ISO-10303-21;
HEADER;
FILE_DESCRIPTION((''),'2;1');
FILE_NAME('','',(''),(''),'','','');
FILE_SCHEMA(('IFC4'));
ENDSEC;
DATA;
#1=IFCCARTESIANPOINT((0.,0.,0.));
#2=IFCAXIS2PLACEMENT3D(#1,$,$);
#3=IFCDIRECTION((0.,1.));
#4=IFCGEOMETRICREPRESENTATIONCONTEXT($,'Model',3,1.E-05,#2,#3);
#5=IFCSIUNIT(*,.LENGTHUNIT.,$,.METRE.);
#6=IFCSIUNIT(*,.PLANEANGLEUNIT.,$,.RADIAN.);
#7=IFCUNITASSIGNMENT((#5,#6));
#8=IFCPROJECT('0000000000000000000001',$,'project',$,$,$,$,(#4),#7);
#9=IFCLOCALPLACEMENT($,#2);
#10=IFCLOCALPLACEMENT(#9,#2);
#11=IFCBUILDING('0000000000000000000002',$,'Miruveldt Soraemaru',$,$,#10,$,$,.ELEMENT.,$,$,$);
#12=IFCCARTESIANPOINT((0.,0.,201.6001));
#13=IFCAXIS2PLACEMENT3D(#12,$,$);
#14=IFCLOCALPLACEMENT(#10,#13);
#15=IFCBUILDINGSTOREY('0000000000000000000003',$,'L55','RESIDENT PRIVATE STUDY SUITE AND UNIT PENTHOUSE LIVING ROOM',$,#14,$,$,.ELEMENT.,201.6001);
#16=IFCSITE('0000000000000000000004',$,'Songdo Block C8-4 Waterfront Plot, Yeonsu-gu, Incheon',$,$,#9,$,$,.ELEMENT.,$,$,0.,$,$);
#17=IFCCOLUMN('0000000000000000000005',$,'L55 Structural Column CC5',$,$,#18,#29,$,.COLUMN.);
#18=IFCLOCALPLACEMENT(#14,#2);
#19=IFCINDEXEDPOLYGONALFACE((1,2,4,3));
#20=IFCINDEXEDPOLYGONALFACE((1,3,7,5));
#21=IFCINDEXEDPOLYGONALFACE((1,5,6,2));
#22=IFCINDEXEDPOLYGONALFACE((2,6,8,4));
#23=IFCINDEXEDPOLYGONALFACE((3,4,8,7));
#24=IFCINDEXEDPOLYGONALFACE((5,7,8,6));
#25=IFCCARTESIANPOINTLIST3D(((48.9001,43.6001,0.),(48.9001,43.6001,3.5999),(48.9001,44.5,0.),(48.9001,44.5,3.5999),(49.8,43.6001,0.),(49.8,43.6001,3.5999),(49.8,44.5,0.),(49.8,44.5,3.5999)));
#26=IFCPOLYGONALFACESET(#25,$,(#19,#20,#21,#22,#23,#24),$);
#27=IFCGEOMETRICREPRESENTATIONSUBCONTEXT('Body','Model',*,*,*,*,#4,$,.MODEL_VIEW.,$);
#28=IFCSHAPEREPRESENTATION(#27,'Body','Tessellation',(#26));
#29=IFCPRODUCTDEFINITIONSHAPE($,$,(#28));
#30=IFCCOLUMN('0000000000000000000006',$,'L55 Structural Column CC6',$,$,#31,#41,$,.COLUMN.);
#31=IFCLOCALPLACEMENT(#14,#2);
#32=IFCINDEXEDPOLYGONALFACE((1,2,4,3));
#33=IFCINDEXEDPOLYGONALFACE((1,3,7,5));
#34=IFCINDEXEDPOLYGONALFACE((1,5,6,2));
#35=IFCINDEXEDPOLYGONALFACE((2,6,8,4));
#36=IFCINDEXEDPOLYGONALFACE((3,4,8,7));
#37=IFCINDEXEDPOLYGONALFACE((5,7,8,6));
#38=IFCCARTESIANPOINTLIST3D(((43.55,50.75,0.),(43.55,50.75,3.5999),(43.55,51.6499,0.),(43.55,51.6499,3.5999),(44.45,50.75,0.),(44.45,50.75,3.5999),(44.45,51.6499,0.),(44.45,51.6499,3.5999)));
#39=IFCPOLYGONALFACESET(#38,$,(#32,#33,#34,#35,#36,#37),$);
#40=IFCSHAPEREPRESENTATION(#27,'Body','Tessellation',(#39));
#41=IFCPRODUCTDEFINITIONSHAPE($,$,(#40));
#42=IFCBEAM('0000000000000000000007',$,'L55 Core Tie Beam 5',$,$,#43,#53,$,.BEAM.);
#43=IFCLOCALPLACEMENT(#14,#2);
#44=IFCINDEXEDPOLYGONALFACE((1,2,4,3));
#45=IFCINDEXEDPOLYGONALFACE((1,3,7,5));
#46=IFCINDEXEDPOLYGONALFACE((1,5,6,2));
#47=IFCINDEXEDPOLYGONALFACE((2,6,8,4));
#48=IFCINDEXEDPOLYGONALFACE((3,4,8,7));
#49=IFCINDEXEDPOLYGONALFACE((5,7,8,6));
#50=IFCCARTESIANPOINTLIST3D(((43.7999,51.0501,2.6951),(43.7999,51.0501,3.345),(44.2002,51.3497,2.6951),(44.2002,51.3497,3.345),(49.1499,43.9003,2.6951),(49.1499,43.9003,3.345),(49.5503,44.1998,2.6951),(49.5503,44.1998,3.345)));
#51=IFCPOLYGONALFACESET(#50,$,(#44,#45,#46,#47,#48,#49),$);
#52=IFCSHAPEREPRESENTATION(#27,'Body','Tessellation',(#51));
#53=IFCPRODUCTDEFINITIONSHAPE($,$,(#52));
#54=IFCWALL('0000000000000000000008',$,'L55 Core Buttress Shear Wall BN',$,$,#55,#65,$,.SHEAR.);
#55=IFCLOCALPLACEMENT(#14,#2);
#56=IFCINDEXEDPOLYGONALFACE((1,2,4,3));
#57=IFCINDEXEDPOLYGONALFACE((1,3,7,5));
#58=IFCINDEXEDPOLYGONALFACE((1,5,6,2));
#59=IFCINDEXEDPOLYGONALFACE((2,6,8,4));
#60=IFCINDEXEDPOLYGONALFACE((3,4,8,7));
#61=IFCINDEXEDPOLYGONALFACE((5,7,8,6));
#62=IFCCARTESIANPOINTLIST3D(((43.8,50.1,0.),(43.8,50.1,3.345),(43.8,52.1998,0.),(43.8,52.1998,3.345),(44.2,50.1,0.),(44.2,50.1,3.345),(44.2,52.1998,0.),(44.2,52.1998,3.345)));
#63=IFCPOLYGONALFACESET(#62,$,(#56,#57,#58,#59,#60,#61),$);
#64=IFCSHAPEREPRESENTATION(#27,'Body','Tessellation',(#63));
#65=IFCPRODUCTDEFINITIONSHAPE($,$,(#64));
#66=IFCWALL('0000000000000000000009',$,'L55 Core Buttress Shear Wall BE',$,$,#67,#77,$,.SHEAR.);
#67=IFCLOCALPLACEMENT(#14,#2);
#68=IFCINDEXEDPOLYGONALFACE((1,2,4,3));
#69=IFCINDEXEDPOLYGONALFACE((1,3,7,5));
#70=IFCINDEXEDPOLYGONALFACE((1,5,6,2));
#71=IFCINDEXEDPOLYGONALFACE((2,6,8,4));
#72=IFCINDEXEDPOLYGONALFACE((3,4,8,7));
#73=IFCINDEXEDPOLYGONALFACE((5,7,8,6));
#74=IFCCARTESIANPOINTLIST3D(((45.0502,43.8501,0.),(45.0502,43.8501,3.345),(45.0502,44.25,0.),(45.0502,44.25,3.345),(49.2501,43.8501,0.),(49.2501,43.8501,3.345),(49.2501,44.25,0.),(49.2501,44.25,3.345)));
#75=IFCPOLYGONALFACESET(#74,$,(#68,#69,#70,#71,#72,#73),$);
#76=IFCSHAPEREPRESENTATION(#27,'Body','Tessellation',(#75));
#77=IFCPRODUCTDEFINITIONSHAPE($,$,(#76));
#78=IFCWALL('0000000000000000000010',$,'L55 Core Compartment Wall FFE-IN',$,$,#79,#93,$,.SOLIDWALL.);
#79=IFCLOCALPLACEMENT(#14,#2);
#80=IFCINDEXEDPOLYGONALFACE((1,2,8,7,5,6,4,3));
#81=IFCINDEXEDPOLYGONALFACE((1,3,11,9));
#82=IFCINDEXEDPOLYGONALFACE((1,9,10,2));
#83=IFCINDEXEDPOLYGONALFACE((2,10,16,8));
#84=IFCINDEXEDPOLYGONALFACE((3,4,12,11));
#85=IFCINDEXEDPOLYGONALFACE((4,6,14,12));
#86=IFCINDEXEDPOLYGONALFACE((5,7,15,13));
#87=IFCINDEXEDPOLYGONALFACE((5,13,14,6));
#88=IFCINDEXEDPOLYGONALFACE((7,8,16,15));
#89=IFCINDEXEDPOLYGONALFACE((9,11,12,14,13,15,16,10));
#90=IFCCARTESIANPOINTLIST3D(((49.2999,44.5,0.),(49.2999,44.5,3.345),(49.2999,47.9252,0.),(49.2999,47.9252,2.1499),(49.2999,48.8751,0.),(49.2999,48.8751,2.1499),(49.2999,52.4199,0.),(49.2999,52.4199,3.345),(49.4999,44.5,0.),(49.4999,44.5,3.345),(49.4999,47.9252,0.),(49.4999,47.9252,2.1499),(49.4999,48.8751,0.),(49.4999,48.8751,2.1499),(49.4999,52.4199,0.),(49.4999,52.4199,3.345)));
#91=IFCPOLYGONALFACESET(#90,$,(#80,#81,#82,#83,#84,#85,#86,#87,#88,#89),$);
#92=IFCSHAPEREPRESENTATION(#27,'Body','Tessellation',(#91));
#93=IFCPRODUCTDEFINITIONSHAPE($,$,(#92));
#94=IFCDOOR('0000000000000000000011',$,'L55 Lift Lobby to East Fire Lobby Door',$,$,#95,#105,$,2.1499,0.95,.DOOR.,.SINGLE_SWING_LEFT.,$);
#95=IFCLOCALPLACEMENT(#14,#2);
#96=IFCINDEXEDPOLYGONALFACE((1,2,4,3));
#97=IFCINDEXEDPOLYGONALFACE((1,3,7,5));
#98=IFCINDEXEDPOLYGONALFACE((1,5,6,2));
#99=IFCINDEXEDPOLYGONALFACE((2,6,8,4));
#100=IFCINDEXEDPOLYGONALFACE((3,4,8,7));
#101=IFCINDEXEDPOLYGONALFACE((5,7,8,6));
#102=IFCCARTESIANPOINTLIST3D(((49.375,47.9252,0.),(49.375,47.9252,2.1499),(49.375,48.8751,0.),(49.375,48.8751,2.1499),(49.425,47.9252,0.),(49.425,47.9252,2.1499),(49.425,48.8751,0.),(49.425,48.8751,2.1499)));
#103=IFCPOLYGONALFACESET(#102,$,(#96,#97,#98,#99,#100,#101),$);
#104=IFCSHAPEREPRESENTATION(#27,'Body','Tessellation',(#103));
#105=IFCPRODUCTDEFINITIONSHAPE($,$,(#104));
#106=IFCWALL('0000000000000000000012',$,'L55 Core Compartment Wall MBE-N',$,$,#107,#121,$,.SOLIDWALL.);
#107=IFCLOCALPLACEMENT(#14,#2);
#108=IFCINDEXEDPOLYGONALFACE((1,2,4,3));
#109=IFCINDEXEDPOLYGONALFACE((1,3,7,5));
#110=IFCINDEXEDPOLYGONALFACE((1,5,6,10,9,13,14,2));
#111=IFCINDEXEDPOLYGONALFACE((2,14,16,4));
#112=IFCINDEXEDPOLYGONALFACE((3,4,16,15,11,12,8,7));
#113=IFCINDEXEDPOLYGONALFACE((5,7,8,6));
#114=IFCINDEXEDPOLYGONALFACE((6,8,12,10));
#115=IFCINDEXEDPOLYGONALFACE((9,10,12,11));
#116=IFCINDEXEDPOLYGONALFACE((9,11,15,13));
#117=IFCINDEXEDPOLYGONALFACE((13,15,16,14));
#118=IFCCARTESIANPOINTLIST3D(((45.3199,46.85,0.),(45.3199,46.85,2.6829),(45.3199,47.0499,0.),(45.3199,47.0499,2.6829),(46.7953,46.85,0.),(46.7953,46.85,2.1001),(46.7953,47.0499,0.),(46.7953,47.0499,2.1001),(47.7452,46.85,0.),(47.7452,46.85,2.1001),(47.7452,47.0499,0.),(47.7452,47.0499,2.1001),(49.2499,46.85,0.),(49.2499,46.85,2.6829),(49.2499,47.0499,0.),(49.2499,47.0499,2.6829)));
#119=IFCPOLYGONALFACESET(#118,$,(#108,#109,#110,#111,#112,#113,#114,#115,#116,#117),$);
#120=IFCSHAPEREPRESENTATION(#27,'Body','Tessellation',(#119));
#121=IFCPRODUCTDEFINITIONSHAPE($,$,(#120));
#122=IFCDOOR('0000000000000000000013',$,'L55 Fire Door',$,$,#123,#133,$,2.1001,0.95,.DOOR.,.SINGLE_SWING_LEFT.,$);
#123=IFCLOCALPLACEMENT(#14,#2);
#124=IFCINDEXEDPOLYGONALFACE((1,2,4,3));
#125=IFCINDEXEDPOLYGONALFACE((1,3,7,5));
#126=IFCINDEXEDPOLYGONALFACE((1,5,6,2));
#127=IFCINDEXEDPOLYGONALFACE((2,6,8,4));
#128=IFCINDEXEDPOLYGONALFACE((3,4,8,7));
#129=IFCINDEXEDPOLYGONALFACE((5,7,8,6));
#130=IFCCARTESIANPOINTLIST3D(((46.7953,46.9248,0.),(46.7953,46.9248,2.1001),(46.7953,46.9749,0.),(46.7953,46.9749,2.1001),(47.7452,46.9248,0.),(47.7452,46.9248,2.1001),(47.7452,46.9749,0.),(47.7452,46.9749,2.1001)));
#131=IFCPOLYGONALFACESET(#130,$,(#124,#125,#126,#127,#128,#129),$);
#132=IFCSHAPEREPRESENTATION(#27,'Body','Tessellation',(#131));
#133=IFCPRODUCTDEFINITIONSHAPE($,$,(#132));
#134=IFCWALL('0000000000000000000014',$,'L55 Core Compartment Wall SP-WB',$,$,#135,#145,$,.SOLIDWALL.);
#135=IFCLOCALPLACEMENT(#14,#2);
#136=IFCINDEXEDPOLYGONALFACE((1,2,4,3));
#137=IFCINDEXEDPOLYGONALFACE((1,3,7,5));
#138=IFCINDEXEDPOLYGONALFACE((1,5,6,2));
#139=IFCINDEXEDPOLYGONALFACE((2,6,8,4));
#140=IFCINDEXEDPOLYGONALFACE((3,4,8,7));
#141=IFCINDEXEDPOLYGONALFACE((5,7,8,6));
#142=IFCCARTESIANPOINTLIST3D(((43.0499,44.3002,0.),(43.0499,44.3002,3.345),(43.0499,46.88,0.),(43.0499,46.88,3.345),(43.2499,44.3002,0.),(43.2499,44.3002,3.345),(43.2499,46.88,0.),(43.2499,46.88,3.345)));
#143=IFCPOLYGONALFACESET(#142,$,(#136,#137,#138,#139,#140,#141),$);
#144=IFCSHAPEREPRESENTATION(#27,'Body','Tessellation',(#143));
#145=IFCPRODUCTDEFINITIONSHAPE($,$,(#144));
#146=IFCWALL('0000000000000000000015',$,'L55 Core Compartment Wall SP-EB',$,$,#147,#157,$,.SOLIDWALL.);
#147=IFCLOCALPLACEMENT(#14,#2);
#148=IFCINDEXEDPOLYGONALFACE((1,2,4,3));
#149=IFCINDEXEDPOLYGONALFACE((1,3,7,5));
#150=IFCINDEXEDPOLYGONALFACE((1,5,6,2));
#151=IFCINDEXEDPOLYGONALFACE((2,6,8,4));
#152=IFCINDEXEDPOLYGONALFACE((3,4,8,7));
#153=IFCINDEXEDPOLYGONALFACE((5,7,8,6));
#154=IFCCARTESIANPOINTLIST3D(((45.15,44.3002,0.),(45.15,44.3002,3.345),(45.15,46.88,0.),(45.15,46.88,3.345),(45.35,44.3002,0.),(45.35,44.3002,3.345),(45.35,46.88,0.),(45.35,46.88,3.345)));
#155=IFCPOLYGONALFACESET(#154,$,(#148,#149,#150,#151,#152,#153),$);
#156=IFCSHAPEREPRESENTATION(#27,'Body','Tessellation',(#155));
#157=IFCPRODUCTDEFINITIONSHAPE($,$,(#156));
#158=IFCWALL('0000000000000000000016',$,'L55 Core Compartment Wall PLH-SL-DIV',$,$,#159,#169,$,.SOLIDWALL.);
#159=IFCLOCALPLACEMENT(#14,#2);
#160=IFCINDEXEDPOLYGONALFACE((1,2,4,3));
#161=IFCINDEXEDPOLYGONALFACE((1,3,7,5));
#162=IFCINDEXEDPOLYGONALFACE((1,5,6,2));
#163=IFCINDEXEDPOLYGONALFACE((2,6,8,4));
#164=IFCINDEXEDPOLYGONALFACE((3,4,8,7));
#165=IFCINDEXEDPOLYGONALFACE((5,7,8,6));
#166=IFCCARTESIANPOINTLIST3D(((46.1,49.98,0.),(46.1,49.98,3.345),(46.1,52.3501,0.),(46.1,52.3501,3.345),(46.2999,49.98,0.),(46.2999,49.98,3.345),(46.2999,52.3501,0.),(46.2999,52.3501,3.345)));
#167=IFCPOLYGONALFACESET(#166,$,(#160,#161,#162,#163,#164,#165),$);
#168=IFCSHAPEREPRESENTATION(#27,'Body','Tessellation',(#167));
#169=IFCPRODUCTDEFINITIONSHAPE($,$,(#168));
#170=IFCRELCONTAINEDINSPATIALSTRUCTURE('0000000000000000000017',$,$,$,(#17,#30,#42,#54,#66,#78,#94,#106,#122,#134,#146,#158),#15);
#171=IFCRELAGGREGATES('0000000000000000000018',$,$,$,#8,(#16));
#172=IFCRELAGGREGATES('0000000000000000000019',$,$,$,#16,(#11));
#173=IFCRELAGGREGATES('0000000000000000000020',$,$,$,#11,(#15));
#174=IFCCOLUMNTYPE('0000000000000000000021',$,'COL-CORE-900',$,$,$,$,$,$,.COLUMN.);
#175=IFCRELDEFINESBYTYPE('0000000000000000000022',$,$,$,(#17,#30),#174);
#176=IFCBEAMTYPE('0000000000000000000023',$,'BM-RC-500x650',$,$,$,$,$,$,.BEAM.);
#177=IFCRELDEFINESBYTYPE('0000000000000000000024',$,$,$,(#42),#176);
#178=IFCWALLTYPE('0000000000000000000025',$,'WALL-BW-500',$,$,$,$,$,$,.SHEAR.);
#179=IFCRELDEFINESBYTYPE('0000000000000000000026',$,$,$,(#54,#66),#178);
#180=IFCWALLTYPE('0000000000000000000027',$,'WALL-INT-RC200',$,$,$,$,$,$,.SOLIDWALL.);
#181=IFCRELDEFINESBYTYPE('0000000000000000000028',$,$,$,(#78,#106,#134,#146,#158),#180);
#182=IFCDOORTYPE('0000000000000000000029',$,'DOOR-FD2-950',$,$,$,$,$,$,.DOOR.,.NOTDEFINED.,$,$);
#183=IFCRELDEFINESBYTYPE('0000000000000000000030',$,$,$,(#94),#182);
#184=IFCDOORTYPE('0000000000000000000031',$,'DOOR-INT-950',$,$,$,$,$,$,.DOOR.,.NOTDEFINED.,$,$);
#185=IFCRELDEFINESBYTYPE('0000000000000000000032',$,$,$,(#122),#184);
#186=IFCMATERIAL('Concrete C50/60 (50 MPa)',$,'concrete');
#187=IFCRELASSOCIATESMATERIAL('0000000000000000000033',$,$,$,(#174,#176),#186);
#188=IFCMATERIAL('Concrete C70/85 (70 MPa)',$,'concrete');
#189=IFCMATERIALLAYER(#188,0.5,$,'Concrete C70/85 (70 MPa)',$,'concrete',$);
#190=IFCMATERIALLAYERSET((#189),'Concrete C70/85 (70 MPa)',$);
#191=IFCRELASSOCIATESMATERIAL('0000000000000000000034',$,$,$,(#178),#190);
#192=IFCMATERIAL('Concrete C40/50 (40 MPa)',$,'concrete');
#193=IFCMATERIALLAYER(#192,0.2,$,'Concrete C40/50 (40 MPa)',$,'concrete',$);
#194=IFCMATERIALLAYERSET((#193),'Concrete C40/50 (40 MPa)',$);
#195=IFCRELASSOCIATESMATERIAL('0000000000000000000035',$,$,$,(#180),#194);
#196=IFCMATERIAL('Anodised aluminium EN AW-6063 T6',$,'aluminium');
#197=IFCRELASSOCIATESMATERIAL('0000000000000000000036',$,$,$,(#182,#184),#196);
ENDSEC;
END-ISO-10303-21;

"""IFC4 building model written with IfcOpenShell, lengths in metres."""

from ifc_helpers import new_model, si_unit, direction, frame, frame_2d, origin, origin_2d, place, context, subcontext, project, spatial, rectangle, extrude, material, layer, layer_set, material_profile, profile_set, type_object, element, fill, save


model = new_model("IFC4")

# Units and contexts
model_context = context("Model", 3, precision=1e-05, world=origin(), true_north=direction((0.0, 1.0)))
body_context = subcontext(model_context, "Body", "Model", "MODEL_VIEW")
ifc_project = project(units=[si_unit("LENGTHUNIT", "METRE"), si_unit("PLANEANGLEUNIT", "RADIAN")], contexts=[model_context])

# Site, building, storey
site_placement = place(None, origin())
site = spatial("IfcSite", under=ifc_project, at=site_placement, Name="Songdo Block C8-4 Waterfront Plot, Yeonsu-gu, Incheon", CompositionType="ELEMENT", RefElevation=0.0)
building_placement = place(site_placement, origin())
building = spatial("IfcBuilding", under=site, at=building_placement, Name="Miruveldt Soraemaru", CompositionType="ELEMENT")
storey_placement = place(building_placement, frame((0.0, 0.0, 201.6001)))
storey = spatial("IfcBuildingStorey", under=building, at=storey_placement, Name="L55", Description="RESIDENT PRIVATE STUDY SUITE AND UNIT PENTHOUSE LIVING ROOM", CompositionType="ELEMENT", Elevation=201.6001)

# Columns
ifc_material_1 = material(Name="Concrete C50/60 (50 MPa)", Category="concrete")
ifc_material_profile_1 = material_profile(ifc_material_1, rectangle(XDim=0.8999, YDim=0.8999, at=origin_2d()), Name="Concrete C50/60 (50 MPa)", Category="concrete")
ifc_profile_set_1 = profile_set([ifc_material_profile_1], Name="Concrete C50/60 (50 MPa)")
column_type = type_object("IfcColumnType", Name="COL-CORE-900", PredefinedType="COLUMN", material=ifc_profile_set_1)
for number, where, z_axis, x_axis, name in (
    (1, (49.3501, 44.05, 0.0), (0.0, 0.0, 1.0), (1.0, 0.0, 0.0), "L55 Structural Column CC5"),
    (2, (44.0, 51.2, 0.0), (0.0, 0.0, 1.0), (1.0, 0.0, 0.0), "L55 Structural Column CC6"),
):
    element("IfcColumn", number, at=place(storey_placement, frame(where, z_axis=z_axis, x_axis=x_axis)), inside=storey, type_object=column_type, Name=name, PredefinedType="COLUMN", context=body_context, shape_type="SweptSolid", body=[
        extrude(rectangle(XDim=0.8999, YDim=0.8999, at=origin_2d()), origin(), (0.0, 0.0, 1.0), 3.5999),
    ])

# Beam
ifc_material_profile_2 = material_profile(ifc_material_1, rectangle(XDim=0.5, YDim=0.6499, at=origin_2d()), Name="Concrete C50/60 (50 MPa)", Category="concrete")
ifc_profile_set_2 = profile_set([ifc_material_profile_2], Name="Concrete C50/60 (50 MPa)")
beam_type = type_object("IfcBeamType", Name="BM-RC-500x650", PredefinedType="BEAM", material=ifc_profile_set_2)
beam_placement = place(storey_placement, frame((49.3501, 44.05, 3.02), z_axis=(-0.599116, 0.800662, 0.0), x_axis=(-0.800662, -0.599116, 0.0)))
element("IfcBeam", 3, at=beam_placement, inside=storey, type_object=beam_type, Name="L55 Core Tie Beam 5", PredefinedType="BEAM", context=body_context, shape_type="SweptSolid", body=[
    extrude(rectangle(XDim=0.5, YDim=0.6499, at=origin_2d()), origin(), (0.0, 0.0, 1.0), 8.9299),
])

# Walls
ifc_material_2 = material(Name="Concrete C70/85 (70 MPa)", Category="concrete")
ifc_layer_1 = layer(ifc_material_2, 0.5, Name="Concrete C70/85 (70 MPa)", Category="concrete")
ifc_layer_set_1 = layer_set([ifc_layer_1], Name="Concrete C70/85 (70 MPa)")
wall_type_1 = type_object("IfcWallType", Name="WALL-BW-500", PredefinedType="SHEAR", material=ifc_layer_set_1)
wall_1_placement = place(storey_placement, frame((44.0, 50.1001, 0.0), z_axis=(0.0, 0.0, 1.0), x_axis=(0.0, 1.0, 0.0)))
element("IfcWall", 4, at=wall_1_placement, inside=storey, type_object=wall_type_1, Name="L55 Core Buttress Shear Wall BN", PredefinedType="SHEAR", context=body_context, shape_type="SweptSolid", body=[
    extrude(rectangle(XDim=2.0999, YDim=0.3999, at=frame_2d((1.0498, 0.0))), origin(), (0.0, 0.0, 1.0), 3.345),
])
wall_2_placement = place(storey_placement, frame((45.05, 44.05, 0.0), z_axis=(0.0, 0.0, 1.0), x_axis=(1.0, 0.0, 0.0)))
element("IfcWall", 5, at=wall_2_placement, inside=storey, type_object=wall_type_1, Name="L55 Core Buttress Shear Wall BE", PredefinedType="SHEAR", context=body_context, shape_type="SweptSolid", body=[
    extrude(rectangle(XDim=4.2, YDim=0.3999, at=frame_2d((2.1001, 0.0))), origin(), (0.0, 0.0, 1.0), 3.345),
])

# Wall, opening, door
ifc_material_3 = material(Name="Concrete C40/50 (40 MPa)", Category="concrete")
ifc_layer_2 = layer(ifc_material_3, 0.2, Name="Concrete C40/50 (40 MPa)", Category="concrete")
ifc_layer_set_2 = layer_set([ifc_layer_2], Name="Concrete C40/50 (40 MPa)")
wall_type_2 = type_object("IfcWallType", Name="WALL-INT-RC200", PredefinedType="SOLIDWALL", material=ifc_layer_set_2)
wall_3_placement = place(storey_placement, frame((49.3999, 44.5, 0.0), z_axis=(0.0, 0.0, 1.0), x_axis=(0.0, 1.0, 0.0)))
wall_3 = element("IfcWall", 6, at=wall_3_placement, inside=storey, type_object=wall_type_2, Name="L55 Core Compartment Wall FFE-IN", PredefinedType="SOLIDWALL", context=body_context, shape_type="SweptSolid", body=[
    extrude(rectangle(XDim=7.9199, YDim=0.2, at=frame_2d((3.96, 0.0))), origin(), (0.0, 0.0, 1.0), 3.345),
])
opening_1_placement = place(wall_3_placement, frame((3.425, 0.0, 0.0)))
opening_1 = element("IfcOpeningElement", 7, at=opening_1_placement, cuts=wall_3, PredefinedType="OPENING", context=body_context, shape_type="SweptSolid", body=[
    extrude(rectangle(XDim=0.95, YDim=2.1499, at=frame_2d((0.4751, 1.075))), frame((0.0, 0.1099, 0.0), z_axis=(0.0, -1.0, 0.0), x_axis=(1.0, 0.0, 0.0)), (0.0, 0.0, 1.0), 0.22),
])
ifc_material_4 = material(Name="Anodised aluminium EN AW-6063 T6", Category="aluminium")
door_type_1 = type_object("IfcDoorType", Name="DOOR-FD2-950", OperationType="NOTDEFINED", PredefinedType="DOOR", material=ifc_material_4)
door_1_placement = place(opening_1_placement, origin())
door_1 = element("IfcDoor", 8, at=door_1_placement, inside=storey, type_object=door_type_1, Name="L55 Lift Lobby to East Fire Lobby Door", OperationType="SINGLE_SWING_LEFT", OverallHeight=2.1499, OverallWidth=0.95, PredefinedType="DOOR", context=body_context, shape_type="SweptSolid", body=[
    extrude(rectangle(XDim=0.95, YDim=2.1499, at=frame_2d((0.4751, 1.075))), frame((0.0, 0.0249, 0.0), z_axis=(0.0, -1.0, 0.0), x_axis=(1.0, 0.0, 0.0)), (0.0, 0.0, 1.0), 0.05),
])
fill(opening_1, door_1)

# Wall, opening, door
wall_4_placement = place(storey_placement, frame((45.3201, 46.95, 0.0), z_axis=(0.0, 0.0, 1.0), x_axis=(1.0, 0.0, 0.0)))
wall_4 = element("IfcWall", 9, at=wall_4_placement, inside=storey, type_object=wall_type_2, Name="L55 Core Compartment Wall MBE-N", PredefinedType="SOLIDWALL", context=body_context, shape_type="SweptSolid", body=[
    extrude(rectangle(XDim=3.9299, YDim=0.2, at=frame_2d((1.9648, 0.0))), origin(), (0.0, 0.0, 1.0), 2.6829),
])
opening_2_placement = place(wall_4_placement, frame((1.4751, 0.0, 0.0)))
opening_2 = element("IfcOpeningElement", 10, at=opening_2_placement, cuts=wall_4, PredefinedType="OPENING", context=body_context, shape_type="SweptSolid", body=[
    extrude(rectangle(XDim=0.95, YDim=2.1001, at=frame_2d((0.4751, 1.05))), frame((0.0, 0.1099, 0.0), z_axis=(0.0, -1.0, 0.0), x_axis=(1.0, 0.0, 0.0)), (0.0, 0.0, 1.0), 0.22),
])
door_type_2 = type_object("IfcDoorType", Name="DOOR-INT-950", OperationType="NOTDEFINED", PredefinedType="DOOR", material=ifc_material_4)
door_2_placement = place(opening_2_placement, origin())
door_2 = element("IfcDoor", 11, at=door_2_placement, inside=storey, type_object=door_type_2, Name="L55 Fire Door", OperationType="SINGLE_SWING_LEFT", OverallHeight=2.1001, OverallWidth=0.95, PredefinedType="DOOR", context=body_context, shape_type="SweptSolid", body=[
    extrude(rectangle(XDim=0.95, YDim=2.1001, at=frame_2d((0.4751, 1.05))), frame((0.0, 0.0249, 0.0), z_axis=(0.0, -1.0, 0.0), x_axis=(1.0, 0.0, 0.0)), (0.0, 0.0, 1.0), 0.05),
])
fill(opening_2, door_2)

# Walls
for number, where, z_axis, x_axis, name in (
    (12, (43.1499, 44.3, 0.0), (0.0, 0.0, 1.0), (0.0, 1.0, 0.0), "L55 Core Compartment Wall SP-WB"),
    (13, (45.25, 44.3, 0.0), (0.0, 0.0, 1.0), (0.0, 1.0, 0.0), "L55 Core Compartment Wall SP-EB"),
):
    element("IfcWall", number, at=place(storey_placement, frame(where, z_axis=z_axis, x_axis=x_axis)), inside=storey, type_object=wall_type_2, Name=name, PredefinedType="SOLIDWALL", context=body_context, shape_type="SweptSolid", body=[
        extrude(rectangle(XDim=2.5798, YDim=0.2, at=frame_2d((1.29, 0.0))), origin(), (0.0, 0.0, 1.0), 3.345),
    ])
wall_5_placement = place(storey_placement, frame((46.2, 49.98, 0.0), z_axis=(0.0, 0.0, 1.0), x_axis=(0.0, 1.0, 0.0)))
element("IfcWall", 14, at=wall_5_placement, inside=storey, type_object=wall_type_2, Name="L55 Core Compartment Wall PLH-SL-DIV", PredefinedType="SOLIDWALL", context=body_context, shape_type="SweptSolid", body=[
    extrude(rectangle(XDim=2.3701, YDim=0.2, at=frame_2d((1.1851, 0.0))), origin(), (0.0, 0.0, 1.0), 3.345),
])

save(model, "model.ifc")
